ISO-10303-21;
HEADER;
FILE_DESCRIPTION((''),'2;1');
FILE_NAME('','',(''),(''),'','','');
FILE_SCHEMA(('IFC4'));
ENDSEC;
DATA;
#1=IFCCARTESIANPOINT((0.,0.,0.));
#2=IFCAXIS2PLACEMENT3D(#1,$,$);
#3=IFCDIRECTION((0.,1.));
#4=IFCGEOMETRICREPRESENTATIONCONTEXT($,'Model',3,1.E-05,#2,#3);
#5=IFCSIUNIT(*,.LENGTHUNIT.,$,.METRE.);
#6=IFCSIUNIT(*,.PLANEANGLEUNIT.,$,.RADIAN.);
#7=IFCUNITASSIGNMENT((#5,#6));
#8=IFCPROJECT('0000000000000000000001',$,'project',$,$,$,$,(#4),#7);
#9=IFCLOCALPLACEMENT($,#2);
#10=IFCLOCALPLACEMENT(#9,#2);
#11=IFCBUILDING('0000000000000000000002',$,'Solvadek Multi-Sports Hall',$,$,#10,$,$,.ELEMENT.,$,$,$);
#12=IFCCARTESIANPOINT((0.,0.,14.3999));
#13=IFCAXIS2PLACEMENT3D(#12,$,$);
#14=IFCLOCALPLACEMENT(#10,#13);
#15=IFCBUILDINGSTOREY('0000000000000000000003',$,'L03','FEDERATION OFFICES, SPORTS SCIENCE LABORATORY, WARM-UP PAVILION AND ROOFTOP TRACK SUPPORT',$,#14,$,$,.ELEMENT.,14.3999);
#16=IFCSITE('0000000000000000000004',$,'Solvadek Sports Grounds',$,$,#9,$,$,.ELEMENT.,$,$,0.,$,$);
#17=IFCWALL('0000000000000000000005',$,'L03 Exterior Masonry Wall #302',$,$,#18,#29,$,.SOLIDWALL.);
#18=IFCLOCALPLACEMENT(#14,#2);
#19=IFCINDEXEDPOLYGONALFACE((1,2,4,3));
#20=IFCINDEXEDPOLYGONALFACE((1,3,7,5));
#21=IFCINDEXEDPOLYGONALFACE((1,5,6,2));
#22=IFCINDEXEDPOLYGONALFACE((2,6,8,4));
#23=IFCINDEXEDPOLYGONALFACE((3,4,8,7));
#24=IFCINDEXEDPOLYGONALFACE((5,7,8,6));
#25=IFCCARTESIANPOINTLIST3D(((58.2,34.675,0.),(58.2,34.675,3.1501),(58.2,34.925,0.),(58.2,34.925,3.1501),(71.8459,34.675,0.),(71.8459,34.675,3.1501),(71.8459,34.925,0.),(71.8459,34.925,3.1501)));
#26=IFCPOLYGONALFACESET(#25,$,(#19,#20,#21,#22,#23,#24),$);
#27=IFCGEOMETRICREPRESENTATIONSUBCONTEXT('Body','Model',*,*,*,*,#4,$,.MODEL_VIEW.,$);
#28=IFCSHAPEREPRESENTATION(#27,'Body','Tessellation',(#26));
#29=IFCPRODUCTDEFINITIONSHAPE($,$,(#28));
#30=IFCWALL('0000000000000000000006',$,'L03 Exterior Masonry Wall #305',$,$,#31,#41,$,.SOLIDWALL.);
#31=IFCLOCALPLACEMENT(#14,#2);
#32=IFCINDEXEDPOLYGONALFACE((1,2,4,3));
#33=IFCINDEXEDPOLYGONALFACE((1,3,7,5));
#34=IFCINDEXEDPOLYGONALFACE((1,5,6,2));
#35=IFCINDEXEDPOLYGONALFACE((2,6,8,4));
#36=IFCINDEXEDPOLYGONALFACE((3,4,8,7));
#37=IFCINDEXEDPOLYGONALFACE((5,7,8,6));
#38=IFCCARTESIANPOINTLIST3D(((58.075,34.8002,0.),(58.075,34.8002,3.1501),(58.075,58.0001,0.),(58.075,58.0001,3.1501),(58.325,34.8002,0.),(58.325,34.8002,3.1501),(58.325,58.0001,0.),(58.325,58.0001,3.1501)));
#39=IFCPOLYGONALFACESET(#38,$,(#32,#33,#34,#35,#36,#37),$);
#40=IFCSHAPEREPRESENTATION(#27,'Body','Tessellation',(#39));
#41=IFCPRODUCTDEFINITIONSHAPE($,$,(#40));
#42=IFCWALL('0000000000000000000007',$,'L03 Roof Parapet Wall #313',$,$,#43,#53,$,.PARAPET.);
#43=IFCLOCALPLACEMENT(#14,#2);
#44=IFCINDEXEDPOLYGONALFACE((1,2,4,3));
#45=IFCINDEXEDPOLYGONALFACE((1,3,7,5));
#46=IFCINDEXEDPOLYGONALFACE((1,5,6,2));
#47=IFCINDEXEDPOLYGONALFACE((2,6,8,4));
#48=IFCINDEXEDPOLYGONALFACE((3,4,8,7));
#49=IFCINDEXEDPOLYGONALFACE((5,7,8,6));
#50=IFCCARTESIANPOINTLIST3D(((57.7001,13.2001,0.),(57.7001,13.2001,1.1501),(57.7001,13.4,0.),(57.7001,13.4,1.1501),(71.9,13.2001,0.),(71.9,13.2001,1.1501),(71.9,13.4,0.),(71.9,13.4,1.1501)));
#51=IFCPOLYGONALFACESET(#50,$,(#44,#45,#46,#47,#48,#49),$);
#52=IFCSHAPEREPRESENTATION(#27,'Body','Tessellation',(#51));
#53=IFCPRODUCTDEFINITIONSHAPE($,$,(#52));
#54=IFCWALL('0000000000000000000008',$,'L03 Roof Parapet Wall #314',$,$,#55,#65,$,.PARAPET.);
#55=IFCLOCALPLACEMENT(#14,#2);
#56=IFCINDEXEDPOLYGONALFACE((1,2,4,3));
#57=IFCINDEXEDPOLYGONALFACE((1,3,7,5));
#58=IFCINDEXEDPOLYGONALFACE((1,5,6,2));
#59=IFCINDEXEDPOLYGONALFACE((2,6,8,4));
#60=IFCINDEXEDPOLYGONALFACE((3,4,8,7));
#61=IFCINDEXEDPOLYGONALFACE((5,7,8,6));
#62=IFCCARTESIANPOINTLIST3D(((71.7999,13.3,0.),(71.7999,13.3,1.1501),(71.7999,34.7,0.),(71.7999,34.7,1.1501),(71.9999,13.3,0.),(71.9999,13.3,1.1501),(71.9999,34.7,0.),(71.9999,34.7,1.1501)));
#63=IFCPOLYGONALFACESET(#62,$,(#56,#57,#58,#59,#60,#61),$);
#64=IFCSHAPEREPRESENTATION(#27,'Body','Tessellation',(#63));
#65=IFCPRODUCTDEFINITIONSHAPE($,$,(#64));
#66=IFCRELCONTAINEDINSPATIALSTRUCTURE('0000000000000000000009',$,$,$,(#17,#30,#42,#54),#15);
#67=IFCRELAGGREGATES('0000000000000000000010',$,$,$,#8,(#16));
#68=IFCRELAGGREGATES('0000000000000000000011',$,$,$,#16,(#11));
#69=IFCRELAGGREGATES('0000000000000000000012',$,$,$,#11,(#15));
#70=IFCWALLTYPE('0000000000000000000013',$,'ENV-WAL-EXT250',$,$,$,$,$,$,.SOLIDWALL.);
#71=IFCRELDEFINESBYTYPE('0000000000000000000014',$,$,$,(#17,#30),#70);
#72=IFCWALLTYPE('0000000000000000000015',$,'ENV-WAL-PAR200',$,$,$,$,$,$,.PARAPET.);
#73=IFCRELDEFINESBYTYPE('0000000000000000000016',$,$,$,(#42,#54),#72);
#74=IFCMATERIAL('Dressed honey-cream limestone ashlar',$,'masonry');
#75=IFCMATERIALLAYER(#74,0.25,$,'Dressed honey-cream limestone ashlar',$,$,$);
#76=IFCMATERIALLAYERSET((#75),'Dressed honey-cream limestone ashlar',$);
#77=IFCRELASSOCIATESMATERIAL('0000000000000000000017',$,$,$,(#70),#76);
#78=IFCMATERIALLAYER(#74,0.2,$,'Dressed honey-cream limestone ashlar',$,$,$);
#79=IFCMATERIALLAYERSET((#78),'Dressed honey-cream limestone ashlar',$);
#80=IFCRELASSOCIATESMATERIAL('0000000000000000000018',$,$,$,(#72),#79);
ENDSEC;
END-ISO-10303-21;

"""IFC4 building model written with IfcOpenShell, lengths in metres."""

from ifc_helpers import new_model, si_unit, direction, frame, frame_2d, origin, place, context, subcontext, project, spatial, rectangle, extrude, material, layer, layer_set, type_object, element, save


model = new_model("IFC4")

# Units and contexts
model_context = context("Model", 3, precision=1e-05, world=origin(), true_north=direction((0.0, 1.0)))
body_context = subcontext(model_context, "Body", "Model", "MODEL_VIEW")
ifc_project = project(units=[si_unit("LENGTHUNIT", "METRE"), si_unit("PLANEANGLEUNIT", "RADIAN")], contexts=[model_context])

# Site, building, storey
site_placement = place(None, origin())
site = spatial("IfcSite", under=ifc_project, at=site_placement, Name="Solvadek Sports Grounds", CompositionType="ELEMENT", RefElevation=0.0)
building_placement = place(site_placement, origin())
building = spatial("IfcBuilding", under=site, at=building_placement, Name="Solvadek Multi-Sports Hall", CompositionType="ELEMENT")
storey_placement = place(building_placement, frame((0.0, 0.0, 14.3999)))
storey = spatial("IfcBuildingStorey", under=building, at=storey_placement, Name="L03", Description="FEDERATION OFFICES, SPORTS SCIENCE LABORATORY, WARM-UP PAVILION AND ROOFTOP TRACK SUPPORT", CompositionType="ELEMENT", Elevation=14.3999)

# Walls
ifc_material_1 = material(Name="Dressed honey-cream limestone ashlar", Category="masonry")
ifc_layer_1 = layer(ifc_material_1, 0.25, Name="Dressed honey-cream limestone ashlar")
ifc_layer_set_1 = layer_set([ifc_layer_1], Name="Dressed honey-cream limestone ashlar")
wall_type_1 = type_object("IfcWallType", Name="ENV-WAL-EXT250", PredefinedType="SOLIDWALL", material=ifc_layer_set_1)
wall_1_placement = place(storey_placement, frame((58.2, 34.8, 0.0), z_axis=(0.0, 0.0, 1.0), x_axis=(1.0, 0.0, 0.0)))
element("IfcWall", 1, at=wall_1_placement, inside=storey, type_object=wall_type_1, Name="L03 Exterior Masonry Wall #302", PredefinedType="SOLIDWALL", context=body_context, shape_type="SweptSolid", body=[
    extrude(rectangle(XDim=13.646, YDim=0.25, at=frame_2d((6.823, 0.0))), origin(), (0.0, 0.0, 1.0), 3.1501),
])
wall_2_placement = place(storey_placement, frame((58.2, 34.8, 0.0), z_axis=(0.0, 0.0, 1.0), x_axis=(0.0, 1.0, 0.0)))
element("IfcWall", 2, at=wall_2_placement, inside=storey, type_object=wall_type_1, Name="L03 Exterior Masonry Wall #305", PredefinedType="SOLIDWALL", context=body_context, shape_type="SweptSolid", body=[
    extrude(rectangle(XDim=23.2, YDim=0.25, at=frame_2d((11.6001, 0.0))), origin(), (0.0, 0.0, 1.0), 3.1501),
])
ifc_layer_2 = layer(ifc_material_1, 0.2, Name="Dressed honey-cream limestone ashlar")
ifc_layer_set_2 = layer_set([ifc_layer_2], Name="Dressed honey-cream limestone ashlar")
wall_type_2 = type_object("IfcWallType", Name="ENV-WAL-PAR200", PredefinedType="PARAPET", material=ifc_layer_set_2)
wall_3_placement = place(storey_placement, frame((57.7, 13.3, 0.0), z_axis=(0.0, 0.0, 1.0), x_axis=(1.0, 0.0, 0.0)))
element("IfcWall", 3, at=wall_3_placement, inside=storey, type_object=wall_type_2, Name="L03 Roof Parapet Wall #313", PredefinedType="PARAPET", context=body_context, shape_type="SweptSolid", body=[
    extrude(rectangle(XDim=14.2, YDim=0.2, at=frame_2d((7.1001, 0.0))), origin(), (0.0, 0.0, 1.0), 1.1501),
])
wall_4_placement = place(storey_placement, frame((71.8999, 13.3, 0.0), z_axis=(0.0, 0.0, 1.0), x_axis=(0.0, 1.0, 0.0)))
element("IfcWall", 4, at=wall_4_placement, inside=storey, type_object=wall_type_2, Name="L03 Roof Parapet Wall #314", PredefinedType="PARAPET", context=body_context, shape_type="SweptSolid", body=[
    extrude(rectangle(XDim=21.3999, YDim=0.2, at=frame_2d((10.7, 0.0))), origin(), (0.0, 0.0, 1.0), 1.1501),
])

save(model, "model.ifc")
